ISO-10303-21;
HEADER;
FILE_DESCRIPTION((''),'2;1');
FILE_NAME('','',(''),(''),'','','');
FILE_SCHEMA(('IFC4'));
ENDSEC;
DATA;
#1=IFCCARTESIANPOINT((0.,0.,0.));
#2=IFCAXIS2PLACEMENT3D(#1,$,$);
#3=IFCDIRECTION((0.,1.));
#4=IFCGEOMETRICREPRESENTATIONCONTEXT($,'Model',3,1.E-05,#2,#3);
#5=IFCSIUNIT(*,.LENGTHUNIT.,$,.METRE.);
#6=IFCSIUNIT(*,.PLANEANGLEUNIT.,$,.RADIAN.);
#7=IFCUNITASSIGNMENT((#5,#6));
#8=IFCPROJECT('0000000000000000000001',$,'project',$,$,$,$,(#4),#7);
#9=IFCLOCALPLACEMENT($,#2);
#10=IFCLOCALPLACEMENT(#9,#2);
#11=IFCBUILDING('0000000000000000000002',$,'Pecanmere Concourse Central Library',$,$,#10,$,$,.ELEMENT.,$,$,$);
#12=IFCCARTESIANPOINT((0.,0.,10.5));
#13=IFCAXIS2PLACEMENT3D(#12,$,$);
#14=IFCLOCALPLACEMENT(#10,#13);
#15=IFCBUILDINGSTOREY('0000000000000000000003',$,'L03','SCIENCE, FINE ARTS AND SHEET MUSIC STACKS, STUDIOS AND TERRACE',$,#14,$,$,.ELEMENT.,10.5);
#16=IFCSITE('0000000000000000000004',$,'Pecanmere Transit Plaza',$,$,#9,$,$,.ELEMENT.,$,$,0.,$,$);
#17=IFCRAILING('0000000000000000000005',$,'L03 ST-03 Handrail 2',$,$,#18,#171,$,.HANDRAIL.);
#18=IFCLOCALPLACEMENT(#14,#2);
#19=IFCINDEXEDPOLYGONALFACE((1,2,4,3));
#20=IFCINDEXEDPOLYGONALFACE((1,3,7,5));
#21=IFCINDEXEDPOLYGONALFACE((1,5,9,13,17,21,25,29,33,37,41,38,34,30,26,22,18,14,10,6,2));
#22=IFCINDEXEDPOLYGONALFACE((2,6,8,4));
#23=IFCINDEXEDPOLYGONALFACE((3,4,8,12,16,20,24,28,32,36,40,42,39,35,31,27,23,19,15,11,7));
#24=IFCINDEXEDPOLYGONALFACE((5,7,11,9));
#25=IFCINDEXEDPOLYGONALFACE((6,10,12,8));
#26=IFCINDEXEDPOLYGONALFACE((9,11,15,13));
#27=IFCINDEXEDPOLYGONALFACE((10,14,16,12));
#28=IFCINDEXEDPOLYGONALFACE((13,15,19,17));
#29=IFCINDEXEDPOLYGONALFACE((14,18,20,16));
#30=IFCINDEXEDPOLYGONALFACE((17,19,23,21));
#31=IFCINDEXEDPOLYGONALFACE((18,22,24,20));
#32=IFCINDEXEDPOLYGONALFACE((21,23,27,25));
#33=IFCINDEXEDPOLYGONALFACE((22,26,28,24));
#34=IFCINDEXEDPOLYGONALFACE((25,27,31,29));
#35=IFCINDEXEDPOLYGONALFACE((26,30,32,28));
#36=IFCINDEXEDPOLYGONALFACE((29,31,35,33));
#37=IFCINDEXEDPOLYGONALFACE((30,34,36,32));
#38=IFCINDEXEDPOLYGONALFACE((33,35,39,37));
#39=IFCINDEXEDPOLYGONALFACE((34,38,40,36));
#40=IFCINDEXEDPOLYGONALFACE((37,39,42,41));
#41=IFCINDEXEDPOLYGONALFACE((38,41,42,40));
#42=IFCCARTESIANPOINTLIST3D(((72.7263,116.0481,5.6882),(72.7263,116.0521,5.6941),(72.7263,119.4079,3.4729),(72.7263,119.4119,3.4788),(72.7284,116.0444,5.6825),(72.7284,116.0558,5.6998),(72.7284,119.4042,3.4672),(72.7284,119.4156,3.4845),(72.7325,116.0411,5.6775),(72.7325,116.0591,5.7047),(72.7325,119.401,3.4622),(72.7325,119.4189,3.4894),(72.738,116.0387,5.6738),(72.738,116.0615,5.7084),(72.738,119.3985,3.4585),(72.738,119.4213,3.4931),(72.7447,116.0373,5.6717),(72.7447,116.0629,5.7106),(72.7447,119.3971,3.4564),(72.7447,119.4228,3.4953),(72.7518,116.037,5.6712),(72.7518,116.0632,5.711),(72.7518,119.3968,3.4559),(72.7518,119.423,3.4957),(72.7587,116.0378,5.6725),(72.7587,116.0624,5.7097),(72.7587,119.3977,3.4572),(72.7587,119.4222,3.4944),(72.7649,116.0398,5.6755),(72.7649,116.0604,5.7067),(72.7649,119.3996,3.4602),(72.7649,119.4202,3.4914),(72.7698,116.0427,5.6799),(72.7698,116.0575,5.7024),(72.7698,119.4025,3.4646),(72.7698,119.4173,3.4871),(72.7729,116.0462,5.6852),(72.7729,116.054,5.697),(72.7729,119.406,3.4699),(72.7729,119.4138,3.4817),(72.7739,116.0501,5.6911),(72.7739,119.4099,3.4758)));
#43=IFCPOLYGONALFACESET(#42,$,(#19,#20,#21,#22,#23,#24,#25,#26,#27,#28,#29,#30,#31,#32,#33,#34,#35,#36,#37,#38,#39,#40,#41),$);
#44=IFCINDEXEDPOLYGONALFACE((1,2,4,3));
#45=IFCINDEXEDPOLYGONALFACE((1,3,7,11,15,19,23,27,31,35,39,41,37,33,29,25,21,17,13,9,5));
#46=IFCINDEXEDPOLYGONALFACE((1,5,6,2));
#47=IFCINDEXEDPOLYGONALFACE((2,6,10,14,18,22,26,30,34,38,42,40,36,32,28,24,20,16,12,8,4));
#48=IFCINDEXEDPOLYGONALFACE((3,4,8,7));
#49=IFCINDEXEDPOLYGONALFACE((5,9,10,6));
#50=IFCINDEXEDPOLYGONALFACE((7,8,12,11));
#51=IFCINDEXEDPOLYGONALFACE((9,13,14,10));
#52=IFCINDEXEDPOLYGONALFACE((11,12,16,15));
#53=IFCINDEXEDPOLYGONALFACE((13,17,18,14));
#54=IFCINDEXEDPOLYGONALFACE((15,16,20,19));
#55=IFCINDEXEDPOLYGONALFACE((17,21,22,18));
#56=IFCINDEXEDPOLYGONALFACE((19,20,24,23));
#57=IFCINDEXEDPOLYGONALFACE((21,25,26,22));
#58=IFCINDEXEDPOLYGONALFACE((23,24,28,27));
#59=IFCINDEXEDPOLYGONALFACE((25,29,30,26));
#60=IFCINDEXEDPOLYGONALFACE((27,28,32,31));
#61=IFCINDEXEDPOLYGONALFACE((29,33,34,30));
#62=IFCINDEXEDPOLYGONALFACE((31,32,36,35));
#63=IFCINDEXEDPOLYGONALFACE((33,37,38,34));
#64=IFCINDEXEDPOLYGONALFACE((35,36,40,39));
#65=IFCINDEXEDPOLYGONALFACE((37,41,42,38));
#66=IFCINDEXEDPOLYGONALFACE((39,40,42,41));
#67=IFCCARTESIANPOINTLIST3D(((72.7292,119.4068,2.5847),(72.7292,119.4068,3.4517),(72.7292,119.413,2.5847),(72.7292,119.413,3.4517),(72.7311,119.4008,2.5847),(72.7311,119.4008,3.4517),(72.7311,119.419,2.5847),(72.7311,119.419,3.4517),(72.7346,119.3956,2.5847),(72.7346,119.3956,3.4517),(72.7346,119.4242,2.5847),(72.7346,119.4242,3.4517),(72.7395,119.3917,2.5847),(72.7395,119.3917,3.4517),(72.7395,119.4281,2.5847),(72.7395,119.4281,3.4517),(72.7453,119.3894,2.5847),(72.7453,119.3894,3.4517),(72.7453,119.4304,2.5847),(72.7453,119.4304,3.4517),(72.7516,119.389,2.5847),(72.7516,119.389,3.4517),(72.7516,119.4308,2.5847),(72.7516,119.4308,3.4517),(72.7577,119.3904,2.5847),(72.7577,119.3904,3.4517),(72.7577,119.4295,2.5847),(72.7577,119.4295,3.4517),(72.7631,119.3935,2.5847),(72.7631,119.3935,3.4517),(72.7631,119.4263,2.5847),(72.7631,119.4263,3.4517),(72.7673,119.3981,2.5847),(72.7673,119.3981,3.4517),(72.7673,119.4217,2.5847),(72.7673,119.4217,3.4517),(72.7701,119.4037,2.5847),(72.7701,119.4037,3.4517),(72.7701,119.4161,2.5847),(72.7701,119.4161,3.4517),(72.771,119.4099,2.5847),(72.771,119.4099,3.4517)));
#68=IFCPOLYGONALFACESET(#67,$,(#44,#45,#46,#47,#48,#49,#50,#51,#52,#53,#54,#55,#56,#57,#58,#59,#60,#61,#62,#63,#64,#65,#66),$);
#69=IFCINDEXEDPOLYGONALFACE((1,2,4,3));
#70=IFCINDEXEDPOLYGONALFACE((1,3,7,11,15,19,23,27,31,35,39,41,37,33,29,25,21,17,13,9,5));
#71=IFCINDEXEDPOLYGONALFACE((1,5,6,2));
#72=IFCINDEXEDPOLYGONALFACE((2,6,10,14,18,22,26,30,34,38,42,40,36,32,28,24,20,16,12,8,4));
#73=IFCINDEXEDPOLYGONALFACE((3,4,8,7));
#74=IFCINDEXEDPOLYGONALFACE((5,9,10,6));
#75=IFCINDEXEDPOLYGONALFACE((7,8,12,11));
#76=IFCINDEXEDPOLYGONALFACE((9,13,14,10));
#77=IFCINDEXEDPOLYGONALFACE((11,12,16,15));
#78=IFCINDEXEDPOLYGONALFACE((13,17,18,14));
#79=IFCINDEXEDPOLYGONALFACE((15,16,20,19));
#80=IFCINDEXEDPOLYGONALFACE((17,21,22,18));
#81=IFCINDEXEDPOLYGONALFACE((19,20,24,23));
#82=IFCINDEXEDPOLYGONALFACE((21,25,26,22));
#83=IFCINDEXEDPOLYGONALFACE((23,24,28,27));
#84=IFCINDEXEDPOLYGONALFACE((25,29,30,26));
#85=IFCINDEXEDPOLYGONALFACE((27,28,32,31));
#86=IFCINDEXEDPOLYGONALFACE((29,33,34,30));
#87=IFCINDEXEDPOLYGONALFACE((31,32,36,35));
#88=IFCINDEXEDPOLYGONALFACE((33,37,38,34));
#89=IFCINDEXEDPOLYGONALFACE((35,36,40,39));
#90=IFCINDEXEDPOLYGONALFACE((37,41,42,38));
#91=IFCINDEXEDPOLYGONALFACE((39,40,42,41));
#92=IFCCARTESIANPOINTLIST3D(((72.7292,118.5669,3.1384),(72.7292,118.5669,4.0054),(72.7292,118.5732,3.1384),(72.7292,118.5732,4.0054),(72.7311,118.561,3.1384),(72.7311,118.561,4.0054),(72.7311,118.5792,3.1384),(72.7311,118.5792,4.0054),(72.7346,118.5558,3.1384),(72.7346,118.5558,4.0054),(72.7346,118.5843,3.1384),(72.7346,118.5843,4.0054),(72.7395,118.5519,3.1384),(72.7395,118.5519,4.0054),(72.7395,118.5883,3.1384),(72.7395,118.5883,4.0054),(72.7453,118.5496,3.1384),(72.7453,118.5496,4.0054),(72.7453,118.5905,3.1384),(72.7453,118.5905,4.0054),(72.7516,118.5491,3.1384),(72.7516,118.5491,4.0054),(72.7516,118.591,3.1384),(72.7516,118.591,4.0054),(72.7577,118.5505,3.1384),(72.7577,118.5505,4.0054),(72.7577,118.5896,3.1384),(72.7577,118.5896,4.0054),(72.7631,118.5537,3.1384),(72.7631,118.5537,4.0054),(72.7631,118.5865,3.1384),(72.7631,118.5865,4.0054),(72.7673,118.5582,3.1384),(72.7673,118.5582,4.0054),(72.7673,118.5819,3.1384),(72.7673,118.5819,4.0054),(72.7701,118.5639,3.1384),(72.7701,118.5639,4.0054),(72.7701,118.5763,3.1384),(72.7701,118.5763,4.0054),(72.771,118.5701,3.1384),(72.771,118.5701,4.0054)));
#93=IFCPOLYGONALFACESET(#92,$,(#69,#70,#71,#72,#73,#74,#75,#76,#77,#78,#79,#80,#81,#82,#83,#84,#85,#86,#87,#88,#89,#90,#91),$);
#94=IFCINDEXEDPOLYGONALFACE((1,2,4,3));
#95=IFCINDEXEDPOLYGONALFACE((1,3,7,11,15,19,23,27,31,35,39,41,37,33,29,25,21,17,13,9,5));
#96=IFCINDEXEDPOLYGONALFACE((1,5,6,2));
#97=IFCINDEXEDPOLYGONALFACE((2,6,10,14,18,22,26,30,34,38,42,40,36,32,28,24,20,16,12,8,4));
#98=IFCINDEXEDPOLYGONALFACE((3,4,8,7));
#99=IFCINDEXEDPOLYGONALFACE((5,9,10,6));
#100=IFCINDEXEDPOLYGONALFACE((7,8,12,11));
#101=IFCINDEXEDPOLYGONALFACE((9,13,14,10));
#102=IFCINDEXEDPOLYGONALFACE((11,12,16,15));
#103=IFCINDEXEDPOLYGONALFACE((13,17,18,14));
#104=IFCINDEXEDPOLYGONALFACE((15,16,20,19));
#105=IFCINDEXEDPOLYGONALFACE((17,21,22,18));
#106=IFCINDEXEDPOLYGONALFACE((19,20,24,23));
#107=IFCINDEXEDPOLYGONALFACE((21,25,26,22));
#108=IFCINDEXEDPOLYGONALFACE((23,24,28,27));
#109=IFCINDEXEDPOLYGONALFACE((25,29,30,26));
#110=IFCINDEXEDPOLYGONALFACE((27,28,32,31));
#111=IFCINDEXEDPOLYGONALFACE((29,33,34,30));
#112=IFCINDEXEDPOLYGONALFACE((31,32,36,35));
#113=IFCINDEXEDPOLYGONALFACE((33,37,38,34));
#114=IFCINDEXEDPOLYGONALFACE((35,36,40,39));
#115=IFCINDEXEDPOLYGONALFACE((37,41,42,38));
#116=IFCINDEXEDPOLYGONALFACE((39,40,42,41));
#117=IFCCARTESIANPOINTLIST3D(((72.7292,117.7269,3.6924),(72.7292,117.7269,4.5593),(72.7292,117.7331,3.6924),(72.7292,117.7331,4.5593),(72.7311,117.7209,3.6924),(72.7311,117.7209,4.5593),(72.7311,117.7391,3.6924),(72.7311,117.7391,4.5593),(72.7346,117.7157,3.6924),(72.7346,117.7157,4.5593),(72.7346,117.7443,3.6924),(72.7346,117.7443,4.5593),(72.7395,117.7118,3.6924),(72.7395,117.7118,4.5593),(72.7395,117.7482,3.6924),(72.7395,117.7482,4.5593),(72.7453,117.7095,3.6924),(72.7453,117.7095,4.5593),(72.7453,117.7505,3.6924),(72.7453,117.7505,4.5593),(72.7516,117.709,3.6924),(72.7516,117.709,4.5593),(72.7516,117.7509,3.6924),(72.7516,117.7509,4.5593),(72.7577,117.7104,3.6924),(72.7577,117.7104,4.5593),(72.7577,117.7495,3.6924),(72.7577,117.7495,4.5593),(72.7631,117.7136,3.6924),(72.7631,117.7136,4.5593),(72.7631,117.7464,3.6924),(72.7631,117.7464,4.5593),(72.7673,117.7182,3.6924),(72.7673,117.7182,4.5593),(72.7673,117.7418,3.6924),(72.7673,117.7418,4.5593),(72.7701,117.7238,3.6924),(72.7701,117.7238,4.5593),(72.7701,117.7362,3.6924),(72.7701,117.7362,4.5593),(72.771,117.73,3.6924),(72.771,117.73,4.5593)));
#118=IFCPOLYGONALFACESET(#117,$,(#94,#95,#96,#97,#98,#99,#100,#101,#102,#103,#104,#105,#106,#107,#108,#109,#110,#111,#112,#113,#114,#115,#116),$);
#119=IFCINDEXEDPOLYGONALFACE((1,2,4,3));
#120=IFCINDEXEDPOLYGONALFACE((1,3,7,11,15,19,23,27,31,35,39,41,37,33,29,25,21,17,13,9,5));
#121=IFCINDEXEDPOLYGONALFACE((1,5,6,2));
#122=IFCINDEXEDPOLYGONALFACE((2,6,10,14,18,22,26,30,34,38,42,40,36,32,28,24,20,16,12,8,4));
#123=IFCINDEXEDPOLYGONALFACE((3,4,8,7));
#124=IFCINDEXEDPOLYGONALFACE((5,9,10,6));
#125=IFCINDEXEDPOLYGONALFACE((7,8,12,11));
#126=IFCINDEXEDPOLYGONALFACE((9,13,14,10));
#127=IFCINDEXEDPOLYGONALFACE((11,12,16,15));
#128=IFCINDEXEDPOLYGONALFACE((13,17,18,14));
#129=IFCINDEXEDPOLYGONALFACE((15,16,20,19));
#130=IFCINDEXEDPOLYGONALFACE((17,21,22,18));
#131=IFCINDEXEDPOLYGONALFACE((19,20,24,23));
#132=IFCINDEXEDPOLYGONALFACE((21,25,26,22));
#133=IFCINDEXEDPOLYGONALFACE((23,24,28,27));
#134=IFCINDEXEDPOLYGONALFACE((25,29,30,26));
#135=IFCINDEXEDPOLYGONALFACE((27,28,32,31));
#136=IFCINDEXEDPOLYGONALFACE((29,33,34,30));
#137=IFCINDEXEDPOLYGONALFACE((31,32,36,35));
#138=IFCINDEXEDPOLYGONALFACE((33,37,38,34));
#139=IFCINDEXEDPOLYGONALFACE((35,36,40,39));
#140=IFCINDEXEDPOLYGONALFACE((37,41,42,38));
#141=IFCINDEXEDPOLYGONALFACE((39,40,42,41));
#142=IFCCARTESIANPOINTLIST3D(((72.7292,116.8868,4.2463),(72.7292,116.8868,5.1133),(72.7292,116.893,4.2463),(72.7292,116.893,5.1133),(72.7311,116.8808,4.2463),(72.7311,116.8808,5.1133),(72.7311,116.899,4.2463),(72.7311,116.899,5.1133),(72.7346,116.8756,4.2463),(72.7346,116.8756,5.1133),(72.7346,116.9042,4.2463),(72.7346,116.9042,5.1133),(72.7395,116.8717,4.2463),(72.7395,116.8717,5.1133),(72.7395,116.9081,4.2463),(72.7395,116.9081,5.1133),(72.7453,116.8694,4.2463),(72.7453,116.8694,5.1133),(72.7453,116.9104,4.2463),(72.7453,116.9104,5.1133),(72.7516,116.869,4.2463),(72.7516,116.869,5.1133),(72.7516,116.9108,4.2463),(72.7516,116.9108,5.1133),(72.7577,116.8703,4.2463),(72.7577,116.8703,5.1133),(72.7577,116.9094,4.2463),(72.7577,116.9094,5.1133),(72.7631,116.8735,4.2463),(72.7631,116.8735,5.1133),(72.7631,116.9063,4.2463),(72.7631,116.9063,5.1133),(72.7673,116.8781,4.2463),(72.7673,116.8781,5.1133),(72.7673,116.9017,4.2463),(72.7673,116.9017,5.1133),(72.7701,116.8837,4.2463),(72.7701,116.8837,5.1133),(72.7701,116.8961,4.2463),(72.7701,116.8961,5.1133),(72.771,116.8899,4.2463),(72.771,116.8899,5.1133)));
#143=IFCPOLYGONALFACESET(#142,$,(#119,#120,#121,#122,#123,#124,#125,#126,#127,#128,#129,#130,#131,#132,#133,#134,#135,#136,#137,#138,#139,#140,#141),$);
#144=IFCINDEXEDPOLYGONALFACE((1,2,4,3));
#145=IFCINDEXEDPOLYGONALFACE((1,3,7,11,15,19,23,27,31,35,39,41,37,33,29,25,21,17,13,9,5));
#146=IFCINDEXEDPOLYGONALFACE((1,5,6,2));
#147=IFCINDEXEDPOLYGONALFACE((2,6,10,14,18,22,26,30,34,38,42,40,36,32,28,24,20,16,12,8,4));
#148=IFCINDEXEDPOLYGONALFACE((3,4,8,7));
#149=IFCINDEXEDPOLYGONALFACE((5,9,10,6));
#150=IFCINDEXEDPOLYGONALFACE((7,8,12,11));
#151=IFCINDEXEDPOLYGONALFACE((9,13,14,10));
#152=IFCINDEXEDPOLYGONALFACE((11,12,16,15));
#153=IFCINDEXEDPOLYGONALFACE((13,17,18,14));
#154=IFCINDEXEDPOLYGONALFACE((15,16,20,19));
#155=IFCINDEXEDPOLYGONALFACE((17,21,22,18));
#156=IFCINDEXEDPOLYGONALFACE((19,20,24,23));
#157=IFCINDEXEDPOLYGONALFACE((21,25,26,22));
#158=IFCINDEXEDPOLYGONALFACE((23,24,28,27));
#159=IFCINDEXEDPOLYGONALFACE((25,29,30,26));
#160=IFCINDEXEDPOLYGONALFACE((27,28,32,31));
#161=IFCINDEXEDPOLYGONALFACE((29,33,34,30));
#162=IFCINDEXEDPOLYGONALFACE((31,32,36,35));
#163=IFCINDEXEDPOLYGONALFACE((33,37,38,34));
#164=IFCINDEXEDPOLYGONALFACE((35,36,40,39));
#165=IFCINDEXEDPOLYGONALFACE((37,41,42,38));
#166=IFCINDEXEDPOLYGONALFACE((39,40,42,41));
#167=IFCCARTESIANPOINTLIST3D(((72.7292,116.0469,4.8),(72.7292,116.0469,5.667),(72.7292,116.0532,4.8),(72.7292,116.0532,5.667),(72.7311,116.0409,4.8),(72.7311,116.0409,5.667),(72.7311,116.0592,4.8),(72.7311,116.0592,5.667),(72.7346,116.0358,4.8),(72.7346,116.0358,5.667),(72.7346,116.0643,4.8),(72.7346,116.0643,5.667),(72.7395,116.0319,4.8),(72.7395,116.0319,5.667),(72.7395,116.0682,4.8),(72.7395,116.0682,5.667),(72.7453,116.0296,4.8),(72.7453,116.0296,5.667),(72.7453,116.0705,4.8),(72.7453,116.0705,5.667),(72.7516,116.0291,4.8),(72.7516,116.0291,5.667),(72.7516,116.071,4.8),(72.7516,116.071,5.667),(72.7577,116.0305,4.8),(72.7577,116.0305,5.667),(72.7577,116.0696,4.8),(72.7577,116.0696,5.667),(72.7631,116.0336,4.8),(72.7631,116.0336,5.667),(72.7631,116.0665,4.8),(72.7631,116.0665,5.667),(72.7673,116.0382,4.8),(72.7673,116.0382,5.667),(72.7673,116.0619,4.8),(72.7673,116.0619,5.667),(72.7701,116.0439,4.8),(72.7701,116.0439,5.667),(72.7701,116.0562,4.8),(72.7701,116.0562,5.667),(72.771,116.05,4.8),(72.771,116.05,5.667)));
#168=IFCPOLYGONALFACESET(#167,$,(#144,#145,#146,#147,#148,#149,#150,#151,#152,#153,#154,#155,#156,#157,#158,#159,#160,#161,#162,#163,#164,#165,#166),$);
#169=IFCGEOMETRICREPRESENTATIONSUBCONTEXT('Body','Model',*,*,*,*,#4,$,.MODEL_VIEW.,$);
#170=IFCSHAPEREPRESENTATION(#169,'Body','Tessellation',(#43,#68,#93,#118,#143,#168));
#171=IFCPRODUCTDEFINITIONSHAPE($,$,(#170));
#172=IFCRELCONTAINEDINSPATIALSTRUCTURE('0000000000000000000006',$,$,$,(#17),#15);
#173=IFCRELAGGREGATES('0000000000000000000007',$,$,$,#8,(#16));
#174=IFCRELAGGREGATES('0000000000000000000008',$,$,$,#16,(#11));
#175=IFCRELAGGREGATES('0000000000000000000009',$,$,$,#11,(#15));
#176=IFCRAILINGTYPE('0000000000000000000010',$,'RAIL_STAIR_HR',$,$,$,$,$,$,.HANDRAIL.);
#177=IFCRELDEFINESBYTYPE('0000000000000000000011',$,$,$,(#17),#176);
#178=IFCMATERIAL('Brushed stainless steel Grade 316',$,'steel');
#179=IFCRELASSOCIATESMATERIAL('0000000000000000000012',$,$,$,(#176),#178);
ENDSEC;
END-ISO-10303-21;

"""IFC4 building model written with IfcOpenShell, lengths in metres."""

from ifc_helpers import new_model, si_unit, direction, frame, origin, origin_2d, place, context, subcontext, project, spatial, circle, extrude, material, type_object, element, save


model = new_model("IFC4")

# Units and contexts
model_context = context("Model", 3, precision=1e-05, world=origin(), true_north=direction((0.0, 1.0)))
body_context = subcontext(model_context, "Body", "Model", "MODEL_VIEW")
ifc_project = project(units=[si_unit("LENGTHUNIT", "METRE"), si_unit("PLANEANGLEUNIT", "RADIAN")], contexts=[model_context])

# Site, building, storey
site_placement = place(None, origin())
site = spatial("IfcSite", under=ifc_project, at=site_placement, Name="Pecanmere Transit Plaza", CompositionType="ELEMENT", RefElevation=0.0)
building_placement = place(site_placement, origin())
building = spatial("IfcBuilding", under=site, at=building_placement, Name="Pecanmere Concourse Central Library", CompositionType="ELEMENT")
storey_placement = place(building_placement, frame((0.0, 0.0, 10.5)))
storey = spatial("IfcBuildingStorey", under=building, at=storey_placement, Name="L03", Description="SCIENCE, FINE ARTS AND SHEET MUSIC STACKS, STUDIOS AND TERRACE", CompositionType="ELEMENT", Elevation=10.5)

# Railing
ifc_material_1 = material(Name="Brushed stainless steel Grade 316", Category="steel")
railing_type_1 = type_object("IfcRailingType", Name="RAIL_STAIR_HR", PredefinedType="HANDRAIL", material=ifc_material_1)
railing_1_placement = place(storey_placement, frame((72.75, 119.4099, 2.5847)))
element("IfcRailing", 1, at=railing_1_placement, inside=storey, type_object=railing_type_1, Name="L03 ST-03 Handrail 2", PredefinedType="HANDRAIL", context=body_context, shape_type="SweptSolid", body=[
    extrude(circle(Radius=0.0239, at=origin_2d()), frame((0.0, 0.0, 0.8911), z_axis=(0.0, -0.834858, 0.550465), x_axis=(1.0, 0.0, 0.0)), (0.0, 0.0, 1.0), 4.0244),
    extrude(circle(Radius=0.021, at=origin_2d()), origin(), (0.0, 0.0, 1.0), 0.8669),
    extrude(circle(Radius=0.021, at=origin_2d()), frame((0.0, -0.8398, 0.5537)), (0.0, 0.0, 1.0), 0.8669),
    extrude(circle(Radius=0.021, at=origin_2d()), frame((0.0, -1.6799, 1.1077)), (0.0, 0.0, 1.0), 0.8669),
    extrude(circle(Radius=0.021, at=origin_2d()), frame((0.0, -2.52, 1.6616)), (0.0, 0.0, 1.0), 0.8669),
    extrude(circle(Radius=0.021, at=origin_2d()), frame((0.0, -3.3599, 2.2153)), (0.0, 0.0, 1.0), 0.8669),
])

save(model, "model.ifc")
